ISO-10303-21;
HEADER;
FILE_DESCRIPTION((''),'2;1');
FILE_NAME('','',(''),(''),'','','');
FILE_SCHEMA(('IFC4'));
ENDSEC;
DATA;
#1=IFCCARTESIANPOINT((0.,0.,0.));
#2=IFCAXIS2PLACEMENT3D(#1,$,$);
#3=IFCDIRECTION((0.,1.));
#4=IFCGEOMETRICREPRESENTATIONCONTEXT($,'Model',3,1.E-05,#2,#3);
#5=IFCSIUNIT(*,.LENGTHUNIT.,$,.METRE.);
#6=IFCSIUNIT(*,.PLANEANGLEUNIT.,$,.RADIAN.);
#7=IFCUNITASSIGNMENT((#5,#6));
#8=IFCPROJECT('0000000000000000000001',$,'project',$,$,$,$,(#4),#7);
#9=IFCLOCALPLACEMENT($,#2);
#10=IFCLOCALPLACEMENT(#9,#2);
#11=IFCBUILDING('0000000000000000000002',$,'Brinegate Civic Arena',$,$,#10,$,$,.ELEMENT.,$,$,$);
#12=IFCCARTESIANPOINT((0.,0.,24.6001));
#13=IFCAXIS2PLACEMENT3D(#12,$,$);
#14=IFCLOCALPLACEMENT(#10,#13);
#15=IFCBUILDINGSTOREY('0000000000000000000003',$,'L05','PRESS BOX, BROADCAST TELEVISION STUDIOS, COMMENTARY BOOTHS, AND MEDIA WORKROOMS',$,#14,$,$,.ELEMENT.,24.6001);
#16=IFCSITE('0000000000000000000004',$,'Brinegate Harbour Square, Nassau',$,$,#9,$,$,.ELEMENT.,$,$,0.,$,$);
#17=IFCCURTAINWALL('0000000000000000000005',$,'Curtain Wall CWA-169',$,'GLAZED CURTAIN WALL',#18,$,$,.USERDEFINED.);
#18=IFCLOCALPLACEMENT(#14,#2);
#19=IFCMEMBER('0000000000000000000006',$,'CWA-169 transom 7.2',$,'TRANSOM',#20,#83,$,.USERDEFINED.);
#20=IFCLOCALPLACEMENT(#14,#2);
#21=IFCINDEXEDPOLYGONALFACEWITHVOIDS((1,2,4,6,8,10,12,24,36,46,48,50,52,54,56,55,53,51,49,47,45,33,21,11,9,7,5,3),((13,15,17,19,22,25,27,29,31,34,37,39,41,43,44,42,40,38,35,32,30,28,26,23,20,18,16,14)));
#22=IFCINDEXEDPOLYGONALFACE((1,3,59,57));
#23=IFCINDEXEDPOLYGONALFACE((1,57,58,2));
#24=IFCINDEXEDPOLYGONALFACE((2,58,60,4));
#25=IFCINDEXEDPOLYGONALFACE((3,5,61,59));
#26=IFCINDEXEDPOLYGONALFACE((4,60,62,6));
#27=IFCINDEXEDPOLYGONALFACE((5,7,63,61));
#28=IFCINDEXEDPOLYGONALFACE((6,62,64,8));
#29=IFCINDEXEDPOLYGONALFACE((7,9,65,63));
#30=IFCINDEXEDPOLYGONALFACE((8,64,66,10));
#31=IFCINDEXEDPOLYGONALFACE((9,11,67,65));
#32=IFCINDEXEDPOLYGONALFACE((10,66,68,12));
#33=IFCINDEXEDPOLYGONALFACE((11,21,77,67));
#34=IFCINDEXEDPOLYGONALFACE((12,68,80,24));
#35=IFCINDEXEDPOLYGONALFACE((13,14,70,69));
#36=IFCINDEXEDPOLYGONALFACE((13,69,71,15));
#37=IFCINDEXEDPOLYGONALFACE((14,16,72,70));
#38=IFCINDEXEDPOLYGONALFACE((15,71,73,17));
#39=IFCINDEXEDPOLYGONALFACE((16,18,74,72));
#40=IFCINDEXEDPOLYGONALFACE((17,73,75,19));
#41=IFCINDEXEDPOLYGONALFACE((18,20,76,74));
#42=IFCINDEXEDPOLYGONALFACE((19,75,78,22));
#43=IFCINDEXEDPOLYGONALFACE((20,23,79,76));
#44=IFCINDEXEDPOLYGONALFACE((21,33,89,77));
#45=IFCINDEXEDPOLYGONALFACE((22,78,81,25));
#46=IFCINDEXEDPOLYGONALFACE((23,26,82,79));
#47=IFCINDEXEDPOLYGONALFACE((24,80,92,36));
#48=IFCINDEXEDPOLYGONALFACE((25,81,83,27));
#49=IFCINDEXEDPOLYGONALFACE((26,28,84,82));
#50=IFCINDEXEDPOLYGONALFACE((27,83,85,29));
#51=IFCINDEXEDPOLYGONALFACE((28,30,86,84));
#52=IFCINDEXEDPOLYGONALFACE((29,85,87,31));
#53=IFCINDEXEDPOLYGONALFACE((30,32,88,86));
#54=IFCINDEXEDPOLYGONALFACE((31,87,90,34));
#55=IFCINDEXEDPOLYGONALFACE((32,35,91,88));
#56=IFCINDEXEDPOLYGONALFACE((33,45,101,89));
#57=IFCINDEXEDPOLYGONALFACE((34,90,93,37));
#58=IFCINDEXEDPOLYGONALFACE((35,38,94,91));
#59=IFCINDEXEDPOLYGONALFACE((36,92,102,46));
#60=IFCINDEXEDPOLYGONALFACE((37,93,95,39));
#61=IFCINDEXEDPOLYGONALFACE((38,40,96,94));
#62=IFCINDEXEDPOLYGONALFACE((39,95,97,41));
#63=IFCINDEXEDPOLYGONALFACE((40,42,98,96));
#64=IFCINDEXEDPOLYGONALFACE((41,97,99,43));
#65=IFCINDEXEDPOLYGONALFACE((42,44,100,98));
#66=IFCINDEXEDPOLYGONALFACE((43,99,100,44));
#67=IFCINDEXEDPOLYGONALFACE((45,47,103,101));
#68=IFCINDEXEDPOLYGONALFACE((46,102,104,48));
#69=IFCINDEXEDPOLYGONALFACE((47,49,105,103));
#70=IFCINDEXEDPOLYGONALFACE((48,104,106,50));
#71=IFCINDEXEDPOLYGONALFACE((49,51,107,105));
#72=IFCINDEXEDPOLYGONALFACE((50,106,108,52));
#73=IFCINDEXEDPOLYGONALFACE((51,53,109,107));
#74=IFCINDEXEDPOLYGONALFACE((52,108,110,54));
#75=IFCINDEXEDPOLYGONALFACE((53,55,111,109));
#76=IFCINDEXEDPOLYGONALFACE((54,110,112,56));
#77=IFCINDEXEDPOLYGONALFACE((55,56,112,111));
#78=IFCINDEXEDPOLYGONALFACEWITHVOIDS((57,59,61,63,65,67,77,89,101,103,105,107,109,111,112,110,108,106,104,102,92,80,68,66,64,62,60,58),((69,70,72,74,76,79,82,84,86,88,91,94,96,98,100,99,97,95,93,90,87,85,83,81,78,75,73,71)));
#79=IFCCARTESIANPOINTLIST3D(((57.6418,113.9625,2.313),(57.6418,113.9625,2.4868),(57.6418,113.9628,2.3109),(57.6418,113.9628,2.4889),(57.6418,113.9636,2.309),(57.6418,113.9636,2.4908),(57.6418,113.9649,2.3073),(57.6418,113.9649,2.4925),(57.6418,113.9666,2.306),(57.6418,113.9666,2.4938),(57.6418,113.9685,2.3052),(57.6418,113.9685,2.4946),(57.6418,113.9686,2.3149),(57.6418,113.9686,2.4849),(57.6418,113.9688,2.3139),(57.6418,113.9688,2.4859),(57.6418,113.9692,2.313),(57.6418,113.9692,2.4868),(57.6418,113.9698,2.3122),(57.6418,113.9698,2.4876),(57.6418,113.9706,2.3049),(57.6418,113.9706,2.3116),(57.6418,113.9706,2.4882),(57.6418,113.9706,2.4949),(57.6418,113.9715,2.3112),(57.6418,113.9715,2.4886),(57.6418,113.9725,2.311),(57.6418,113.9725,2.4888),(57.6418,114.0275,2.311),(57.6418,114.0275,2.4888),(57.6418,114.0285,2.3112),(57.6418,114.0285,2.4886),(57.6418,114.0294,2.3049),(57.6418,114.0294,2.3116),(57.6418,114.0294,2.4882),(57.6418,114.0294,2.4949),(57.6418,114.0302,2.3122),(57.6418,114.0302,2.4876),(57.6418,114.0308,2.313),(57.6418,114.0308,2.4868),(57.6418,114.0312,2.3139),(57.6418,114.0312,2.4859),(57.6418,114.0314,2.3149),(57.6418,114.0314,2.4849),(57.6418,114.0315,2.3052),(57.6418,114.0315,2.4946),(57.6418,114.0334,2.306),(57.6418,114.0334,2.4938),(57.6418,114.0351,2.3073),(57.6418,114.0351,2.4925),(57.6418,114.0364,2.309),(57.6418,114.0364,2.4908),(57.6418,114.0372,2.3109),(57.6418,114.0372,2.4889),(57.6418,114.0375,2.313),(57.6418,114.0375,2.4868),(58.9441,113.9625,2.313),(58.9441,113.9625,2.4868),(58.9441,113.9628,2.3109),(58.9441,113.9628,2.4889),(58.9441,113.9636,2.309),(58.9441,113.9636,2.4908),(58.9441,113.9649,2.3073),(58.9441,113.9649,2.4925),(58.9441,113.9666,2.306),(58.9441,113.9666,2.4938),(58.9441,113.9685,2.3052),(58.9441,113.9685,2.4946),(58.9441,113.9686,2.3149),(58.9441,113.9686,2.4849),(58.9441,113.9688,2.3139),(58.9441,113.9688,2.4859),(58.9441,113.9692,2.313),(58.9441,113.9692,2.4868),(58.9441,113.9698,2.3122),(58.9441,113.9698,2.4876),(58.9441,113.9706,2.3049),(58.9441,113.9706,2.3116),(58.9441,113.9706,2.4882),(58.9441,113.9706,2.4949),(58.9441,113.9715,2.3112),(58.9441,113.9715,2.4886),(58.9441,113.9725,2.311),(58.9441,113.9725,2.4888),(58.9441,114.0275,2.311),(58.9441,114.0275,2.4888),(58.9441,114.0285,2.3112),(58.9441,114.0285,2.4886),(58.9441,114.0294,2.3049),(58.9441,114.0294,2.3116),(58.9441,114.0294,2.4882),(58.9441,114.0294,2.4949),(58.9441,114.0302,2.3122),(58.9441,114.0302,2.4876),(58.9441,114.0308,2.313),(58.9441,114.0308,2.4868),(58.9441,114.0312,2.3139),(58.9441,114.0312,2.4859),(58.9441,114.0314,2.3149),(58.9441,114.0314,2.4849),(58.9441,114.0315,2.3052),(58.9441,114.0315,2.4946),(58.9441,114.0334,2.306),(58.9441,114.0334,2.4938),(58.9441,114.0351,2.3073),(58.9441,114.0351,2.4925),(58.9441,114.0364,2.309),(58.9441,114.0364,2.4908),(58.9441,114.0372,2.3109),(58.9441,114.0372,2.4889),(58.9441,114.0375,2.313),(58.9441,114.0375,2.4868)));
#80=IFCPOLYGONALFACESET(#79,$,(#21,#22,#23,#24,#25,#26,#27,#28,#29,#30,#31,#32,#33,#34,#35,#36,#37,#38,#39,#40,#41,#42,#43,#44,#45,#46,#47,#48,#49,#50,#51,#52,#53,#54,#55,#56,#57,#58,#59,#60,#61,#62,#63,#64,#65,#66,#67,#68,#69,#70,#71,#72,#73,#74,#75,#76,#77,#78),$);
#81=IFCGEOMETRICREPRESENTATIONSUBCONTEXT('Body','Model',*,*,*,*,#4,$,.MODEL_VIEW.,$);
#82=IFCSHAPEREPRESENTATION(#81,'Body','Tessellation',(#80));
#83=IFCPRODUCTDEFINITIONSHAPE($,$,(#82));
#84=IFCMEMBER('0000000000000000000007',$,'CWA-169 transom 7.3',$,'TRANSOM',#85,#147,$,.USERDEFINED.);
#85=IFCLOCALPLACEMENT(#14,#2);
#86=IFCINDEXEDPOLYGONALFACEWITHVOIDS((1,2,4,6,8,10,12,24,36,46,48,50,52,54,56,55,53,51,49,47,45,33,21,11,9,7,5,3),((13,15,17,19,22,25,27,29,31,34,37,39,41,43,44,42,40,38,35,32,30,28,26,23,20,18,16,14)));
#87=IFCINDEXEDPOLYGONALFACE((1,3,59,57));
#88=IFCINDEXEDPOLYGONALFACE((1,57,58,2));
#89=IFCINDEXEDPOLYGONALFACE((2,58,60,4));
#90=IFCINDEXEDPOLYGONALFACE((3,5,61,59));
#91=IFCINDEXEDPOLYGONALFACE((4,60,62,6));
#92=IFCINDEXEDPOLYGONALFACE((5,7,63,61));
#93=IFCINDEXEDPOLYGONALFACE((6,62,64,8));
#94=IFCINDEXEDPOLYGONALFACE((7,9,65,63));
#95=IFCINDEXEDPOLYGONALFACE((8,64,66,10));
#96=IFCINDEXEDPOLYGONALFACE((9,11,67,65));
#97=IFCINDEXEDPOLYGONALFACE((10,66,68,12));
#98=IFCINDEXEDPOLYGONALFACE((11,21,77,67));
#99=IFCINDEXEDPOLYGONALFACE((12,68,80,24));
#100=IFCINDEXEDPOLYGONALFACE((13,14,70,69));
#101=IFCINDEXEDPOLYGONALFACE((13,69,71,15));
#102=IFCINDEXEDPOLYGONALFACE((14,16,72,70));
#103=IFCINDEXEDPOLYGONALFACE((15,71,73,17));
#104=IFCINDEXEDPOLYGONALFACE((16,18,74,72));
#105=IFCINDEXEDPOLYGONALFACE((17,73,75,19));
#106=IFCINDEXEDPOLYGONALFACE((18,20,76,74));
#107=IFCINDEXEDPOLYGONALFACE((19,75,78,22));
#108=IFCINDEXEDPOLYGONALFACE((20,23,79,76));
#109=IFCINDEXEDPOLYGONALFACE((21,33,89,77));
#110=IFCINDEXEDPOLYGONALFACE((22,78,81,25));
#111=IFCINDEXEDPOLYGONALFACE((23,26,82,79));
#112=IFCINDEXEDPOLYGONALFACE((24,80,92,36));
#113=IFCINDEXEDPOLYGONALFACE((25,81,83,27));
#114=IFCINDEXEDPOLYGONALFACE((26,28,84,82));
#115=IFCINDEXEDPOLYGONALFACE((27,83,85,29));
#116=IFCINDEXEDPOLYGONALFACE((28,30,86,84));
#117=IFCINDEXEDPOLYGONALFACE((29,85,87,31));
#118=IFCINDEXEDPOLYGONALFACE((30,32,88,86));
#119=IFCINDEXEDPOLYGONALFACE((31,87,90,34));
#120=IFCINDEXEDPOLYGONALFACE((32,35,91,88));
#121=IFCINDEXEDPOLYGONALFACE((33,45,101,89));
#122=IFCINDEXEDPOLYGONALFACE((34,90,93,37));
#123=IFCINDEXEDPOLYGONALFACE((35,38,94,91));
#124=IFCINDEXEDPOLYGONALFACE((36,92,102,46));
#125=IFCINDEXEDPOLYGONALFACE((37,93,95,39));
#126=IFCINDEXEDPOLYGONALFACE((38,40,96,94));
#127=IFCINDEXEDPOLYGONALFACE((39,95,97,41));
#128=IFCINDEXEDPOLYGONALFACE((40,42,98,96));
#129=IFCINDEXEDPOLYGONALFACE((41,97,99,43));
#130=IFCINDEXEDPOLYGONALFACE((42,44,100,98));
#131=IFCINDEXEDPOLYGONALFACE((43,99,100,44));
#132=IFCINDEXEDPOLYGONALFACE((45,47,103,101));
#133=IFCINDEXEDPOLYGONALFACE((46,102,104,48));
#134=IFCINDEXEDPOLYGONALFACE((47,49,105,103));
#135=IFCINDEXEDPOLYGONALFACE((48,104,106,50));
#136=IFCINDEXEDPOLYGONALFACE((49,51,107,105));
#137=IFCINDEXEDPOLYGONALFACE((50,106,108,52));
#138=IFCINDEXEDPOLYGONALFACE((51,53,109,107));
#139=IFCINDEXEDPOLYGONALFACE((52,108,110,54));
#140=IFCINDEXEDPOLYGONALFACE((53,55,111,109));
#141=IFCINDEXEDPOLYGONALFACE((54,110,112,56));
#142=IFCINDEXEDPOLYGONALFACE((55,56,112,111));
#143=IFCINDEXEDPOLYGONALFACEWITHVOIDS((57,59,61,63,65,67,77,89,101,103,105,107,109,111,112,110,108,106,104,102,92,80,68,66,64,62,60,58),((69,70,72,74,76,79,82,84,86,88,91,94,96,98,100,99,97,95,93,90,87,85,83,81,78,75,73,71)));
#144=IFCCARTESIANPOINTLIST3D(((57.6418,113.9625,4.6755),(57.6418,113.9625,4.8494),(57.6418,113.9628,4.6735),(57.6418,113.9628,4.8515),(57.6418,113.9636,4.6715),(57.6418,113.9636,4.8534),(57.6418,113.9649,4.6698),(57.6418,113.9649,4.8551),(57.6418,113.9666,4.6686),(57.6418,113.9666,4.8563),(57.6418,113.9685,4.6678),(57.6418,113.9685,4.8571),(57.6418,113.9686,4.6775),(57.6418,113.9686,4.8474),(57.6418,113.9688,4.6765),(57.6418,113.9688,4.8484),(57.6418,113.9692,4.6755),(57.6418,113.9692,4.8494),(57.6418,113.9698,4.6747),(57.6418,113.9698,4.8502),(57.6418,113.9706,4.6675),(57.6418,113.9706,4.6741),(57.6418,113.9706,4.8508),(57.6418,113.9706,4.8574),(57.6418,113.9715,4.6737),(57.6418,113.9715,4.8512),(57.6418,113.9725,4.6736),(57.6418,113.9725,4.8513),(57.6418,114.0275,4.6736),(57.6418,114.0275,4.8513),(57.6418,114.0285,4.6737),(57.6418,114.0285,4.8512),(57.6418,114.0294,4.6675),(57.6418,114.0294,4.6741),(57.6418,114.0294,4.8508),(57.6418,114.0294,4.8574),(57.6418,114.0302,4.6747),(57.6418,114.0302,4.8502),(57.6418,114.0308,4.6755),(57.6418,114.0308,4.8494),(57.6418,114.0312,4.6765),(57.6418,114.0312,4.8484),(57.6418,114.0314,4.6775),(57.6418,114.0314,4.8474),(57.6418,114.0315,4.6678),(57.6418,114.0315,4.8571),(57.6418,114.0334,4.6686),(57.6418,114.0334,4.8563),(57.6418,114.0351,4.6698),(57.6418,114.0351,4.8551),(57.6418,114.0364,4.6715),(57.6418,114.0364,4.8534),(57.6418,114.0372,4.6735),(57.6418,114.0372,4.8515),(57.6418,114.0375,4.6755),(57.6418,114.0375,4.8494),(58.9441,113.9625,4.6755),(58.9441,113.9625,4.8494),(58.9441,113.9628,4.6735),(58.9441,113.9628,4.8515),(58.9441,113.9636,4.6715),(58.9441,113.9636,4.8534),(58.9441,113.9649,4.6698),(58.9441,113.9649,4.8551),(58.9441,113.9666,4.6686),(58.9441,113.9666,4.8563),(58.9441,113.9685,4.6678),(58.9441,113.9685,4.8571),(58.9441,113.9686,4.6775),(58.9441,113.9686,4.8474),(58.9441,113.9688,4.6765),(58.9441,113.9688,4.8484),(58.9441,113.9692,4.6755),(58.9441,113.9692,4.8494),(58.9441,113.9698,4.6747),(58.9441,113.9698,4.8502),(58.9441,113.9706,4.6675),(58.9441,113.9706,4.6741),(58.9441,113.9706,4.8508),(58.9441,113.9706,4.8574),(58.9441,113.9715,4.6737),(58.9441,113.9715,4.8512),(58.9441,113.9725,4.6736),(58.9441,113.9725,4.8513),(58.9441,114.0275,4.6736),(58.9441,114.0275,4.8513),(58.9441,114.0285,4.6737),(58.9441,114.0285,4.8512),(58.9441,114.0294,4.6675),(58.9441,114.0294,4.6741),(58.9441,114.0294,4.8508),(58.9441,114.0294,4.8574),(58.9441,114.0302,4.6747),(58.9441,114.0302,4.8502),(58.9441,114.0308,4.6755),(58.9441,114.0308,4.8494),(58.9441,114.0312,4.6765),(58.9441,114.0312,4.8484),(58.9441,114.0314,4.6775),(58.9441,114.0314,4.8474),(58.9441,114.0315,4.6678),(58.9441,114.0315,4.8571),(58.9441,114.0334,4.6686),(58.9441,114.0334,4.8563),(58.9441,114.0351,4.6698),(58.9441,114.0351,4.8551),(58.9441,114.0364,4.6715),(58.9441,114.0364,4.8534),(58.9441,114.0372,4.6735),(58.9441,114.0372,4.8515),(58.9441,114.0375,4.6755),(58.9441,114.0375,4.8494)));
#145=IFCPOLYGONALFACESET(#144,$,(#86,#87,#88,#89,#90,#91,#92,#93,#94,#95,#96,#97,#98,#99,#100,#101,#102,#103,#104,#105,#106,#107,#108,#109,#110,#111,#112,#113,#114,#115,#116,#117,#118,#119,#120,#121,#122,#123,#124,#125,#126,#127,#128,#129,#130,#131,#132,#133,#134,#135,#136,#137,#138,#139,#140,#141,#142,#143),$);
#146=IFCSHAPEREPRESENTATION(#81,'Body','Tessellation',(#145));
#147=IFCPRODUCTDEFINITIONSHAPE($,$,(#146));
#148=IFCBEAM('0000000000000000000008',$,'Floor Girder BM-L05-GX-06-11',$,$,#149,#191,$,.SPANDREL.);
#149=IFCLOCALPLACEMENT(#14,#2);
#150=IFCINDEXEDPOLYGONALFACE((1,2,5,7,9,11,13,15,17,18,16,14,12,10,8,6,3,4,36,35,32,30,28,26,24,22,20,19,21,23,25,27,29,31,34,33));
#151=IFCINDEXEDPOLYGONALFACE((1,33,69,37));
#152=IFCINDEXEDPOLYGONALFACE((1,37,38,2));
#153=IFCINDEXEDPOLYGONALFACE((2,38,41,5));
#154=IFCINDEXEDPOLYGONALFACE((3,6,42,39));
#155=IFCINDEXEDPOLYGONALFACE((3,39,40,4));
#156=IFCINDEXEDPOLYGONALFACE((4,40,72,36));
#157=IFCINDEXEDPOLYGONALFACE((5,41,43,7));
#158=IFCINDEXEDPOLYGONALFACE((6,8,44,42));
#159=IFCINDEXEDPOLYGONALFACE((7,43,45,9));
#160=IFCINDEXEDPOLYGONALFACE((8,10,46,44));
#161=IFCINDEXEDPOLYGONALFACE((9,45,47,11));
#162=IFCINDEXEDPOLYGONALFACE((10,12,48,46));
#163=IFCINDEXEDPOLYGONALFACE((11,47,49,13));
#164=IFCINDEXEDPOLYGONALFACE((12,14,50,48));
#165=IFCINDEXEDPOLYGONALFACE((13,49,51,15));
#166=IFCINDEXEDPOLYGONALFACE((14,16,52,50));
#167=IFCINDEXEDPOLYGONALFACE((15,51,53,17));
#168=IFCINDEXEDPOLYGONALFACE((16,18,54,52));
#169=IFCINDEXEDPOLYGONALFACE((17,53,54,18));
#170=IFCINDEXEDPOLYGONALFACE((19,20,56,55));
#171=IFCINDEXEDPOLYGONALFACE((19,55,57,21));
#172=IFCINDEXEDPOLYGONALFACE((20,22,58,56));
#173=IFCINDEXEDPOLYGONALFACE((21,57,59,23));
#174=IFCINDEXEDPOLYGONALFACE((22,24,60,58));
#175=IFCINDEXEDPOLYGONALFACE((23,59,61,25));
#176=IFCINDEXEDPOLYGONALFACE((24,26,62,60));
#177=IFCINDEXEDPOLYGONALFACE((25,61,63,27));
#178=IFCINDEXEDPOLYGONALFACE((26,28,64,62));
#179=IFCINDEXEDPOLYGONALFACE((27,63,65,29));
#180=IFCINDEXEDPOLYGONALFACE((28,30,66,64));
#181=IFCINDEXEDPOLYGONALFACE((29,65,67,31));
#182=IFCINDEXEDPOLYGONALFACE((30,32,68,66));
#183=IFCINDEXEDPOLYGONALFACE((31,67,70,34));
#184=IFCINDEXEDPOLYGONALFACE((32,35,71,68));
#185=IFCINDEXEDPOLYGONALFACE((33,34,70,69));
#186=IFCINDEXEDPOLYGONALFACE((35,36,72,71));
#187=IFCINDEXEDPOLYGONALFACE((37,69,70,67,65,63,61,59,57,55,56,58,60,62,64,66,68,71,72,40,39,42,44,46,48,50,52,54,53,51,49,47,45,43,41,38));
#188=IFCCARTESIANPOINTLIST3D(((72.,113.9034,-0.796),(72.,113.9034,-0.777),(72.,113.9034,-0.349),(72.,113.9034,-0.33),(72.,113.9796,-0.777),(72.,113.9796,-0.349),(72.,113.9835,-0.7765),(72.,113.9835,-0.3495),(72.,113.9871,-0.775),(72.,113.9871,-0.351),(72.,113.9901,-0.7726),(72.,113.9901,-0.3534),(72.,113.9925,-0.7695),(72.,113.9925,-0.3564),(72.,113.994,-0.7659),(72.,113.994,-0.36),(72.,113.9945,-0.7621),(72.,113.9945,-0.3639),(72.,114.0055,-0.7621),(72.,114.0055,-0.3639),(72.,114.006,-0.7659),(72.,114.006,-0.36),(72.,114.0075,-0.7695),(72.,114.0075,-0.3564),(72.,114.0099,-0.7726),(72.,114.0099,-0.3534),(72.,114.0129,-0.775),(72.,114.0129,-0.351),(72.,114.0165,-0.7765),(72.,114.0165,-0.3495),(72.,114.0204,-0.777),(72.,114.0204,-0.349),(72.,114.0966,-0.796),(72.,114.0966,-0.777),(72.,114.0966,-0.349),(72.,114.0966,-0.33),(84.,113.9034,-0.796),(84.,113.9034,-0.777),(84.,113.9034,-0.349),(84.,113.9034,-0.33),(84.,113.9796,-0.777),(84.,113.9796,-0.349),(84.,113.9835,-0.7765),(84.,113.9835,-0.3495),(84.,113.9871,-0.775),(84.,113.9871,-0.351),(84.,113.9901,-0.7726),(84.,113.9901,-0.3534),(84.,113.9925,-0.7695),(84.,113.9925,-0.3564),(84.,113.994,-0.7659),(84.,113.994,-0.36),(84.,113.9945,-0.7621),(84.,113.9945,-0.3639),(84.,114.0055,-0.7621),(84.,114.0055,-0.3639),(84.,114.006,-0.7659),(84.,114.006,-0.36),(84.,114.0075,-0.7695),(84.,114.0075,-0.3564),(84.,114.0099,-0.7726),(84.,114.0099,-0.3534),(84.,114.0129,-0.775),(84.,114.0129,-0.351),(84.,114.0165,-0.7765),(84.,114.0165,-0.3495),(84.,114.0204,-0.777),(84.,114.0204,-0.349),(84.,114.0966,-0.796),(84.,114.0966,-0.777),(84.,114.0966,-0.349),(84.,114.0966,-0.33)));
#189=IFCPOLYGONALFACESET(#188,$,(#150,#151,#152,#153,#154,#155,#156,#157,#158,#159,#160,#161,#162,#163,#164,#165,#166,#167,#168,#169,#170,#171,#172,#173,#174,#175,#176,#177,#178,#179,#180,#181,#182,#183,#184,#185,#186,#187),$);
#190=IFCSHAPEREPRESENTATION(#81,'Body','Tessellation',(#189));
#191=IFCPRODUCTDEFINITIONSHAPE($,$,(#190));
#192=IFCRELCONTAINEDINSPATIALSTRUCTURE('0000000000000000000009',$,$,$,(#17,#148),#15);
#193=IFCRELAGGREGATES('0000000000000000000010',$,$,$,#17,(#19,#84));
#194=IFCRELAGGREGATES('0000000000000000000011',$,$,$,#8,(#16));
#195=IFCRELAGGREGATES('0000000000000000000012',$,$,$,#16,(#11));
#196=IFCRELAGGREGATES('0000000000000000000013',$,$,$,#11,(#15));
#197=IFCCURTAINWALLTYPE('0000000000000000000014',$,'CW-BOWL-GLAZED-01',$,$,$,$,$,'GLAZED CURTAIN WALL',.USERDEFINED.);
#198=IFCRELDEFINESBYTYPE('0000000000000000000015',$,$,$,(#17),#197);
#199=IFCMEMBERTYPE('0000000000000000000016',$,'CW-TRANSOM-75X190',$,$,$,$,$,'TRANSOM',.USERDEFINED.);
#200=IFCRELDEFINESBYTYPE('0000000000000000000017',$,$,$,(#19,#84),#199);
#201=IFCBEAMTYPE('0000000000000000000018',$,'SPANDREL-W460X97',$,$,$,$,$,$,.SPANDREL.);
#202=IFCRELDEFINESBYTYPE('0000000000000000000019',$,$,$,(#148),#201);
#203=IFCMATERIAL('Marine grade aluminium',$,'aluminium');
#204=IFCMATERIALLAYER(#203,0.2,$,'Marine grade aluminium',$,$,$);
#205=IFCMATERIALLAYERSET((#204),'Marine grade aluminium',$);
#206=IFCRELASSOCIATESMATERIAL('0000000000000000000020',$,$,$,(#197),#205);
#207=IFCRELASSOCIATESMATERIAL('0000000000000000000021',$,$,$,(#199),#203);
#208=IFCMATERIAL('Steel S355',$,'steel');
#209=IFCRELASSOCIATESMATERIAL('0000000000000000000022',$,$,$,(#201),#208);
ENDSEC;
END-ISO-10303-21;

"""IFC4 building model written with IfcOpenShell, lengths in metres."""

from ifc_helpers import new_model, si_unit, direction, frame, origin, origin_2d, place, context, subcontext, project, spatial, hollow_rectangle, i_section, extrude, material, layer, layer_set, material_profile, profile_set, type_object, element, aggregate, save


model = new_model("IFC4")

# Units and contexts
model_context = context("Model", 3, precision=1e-05, world=origin(), true_north=direction((0.0, 1.0)))
body_context = subcontext(model_context, "Body", "Model", "MODEL_VIEW")
ifc_project = project(units=[si_unit("LENGTHUNIT", "METRE"), si_unit("PLANEANGLEUNIT", "RADIAN")], contexts=[model_context])

# Site, building, storey
site_placement = place(None, origin())
site = spatial("IfcSite", under=ifc_project, at=site_placement, Name="Brinegate Harbour Square, Nassau", CompositionType="ELEMENT", RefElevation=0.0)
building_placement = place(site_placement, origin())
building = spatial("IfcBuilding", under=site, at=building_placement, Name="Brinegate Civic Arena", CompositionType="ELEMENT")
storey_placement = place(building_placement, frame((0.0, 0.0, 24.6001)))
storey = spatial("IfcBuildingStorey", under=building, at=storey_placement, Name="L05", Description="PRESS BOX, BROADCAST TELEVISION STUDIOS, COMMENTARY BOOTHS, AND MEDIA WORKROOMS", CompositionType="ELEMENT", Elevation=24.6001)

# Shared definitions
ifc_material_1 = material(Name="Steel S355", Category="steel")

# Shared definitions
ifc_material_2 = material(Name="Marine grade aluminium", Category="aluminium")
ifc_layer_1 = layer(ifc_material_2, 0.2, Name="Marine grade aluminium")
ifc_layer_set_1 = layer_set([ifc_layer_1], Name="Marine grade aluminium")
curtain_wall_type = type_object("IfcCurtainWallType", Name="CW-BOWL-GLAZED-01", ElementType="GLAZED CURTAIN WALL", PredefinedType="USERDEFINED", material=ifc_layer_set_1)

# Curtain wall
curtain_wall_1_placement = place(storey_placement, origin())
curtain_wall_1 = element("IfcCurtainWall", 1, at=curtain_wall_1_placement, inside=storey, type_object=curtain_wall_type, Name="Curtain Wall CWA-169", ObjectType="GLAZED CURTAIN WALL", PredefinedType="USERDEFINED")

# Members
ifc_material_profile_1 = material_profile(ifc_material_2, hollow_rectangle(XDim=0.075, YDim=0.1899, WallThickness=0.0061, InnerFilletRadius=0.0039, OuterFilletRadius=0.0081, at=origin_2d()), Name="TRN75X190")
ifc_profile_set_1 = profile_set([ifc_material_profile_1], Name="Marine grade aluminium")
member_type_1 = type_object("IfcMemberType", Name="CW-TRANSOM-75X190", ElementType="TRANSOM", PredefinedType="USERDEFINED", material=ifc_profile_set_1)
member_1_placement = place(storey_placement, frame((57.6418, 114.0, 2.3999), z_axis=(1.0, 0.0, 0.0), x_axis=(0.0, 1.0, 0.0)))
member_1 = element("IfcMember", 2, at=member_1_placement, type_object=member_type_1, Name="CWA-169 transom 7.2", ObjectType="TRANSOM", PredefinedType="USERDEFINED", context=body_context, shape_type="SweptSolid", body=[
    extrude(hollow_rectangle(XDim=0.075, YDim=0.1899, WallThickness=0.0061, InnerFilletRadius=0.0039, OuterFilletRadius=0.0081, at=origin_2d()), origin(), (0.0, 0.0, 1.0), 1.3022),
])
member_2_placement = place(storey_placement, frame((57.6418, 114.0, 4.7625), z_axis=(1.0, 0.0, 0.0), x_axis=(0.0, 1.0, 0.0)))
member_2 = element("IfcMember", 3, at=member_2_placement, type_object=member_type_1, Name="CWA-169 transom 7.3", ObjectType="TRANSOM", PredefinedType="USERDEFINED", context=body_context, shape_type="SweptSolid", body=[
    extrude(hollow_rectangle(XDim=0.075, YDim=0.1899, WallThickness=0.0061, InnerFilletRadius=0.0039, OuterFilletRadius=0.0081, at=origin_2d()), origin(), (0.0, 0.0, 1.0), 1.3022),
])

# Beam
ifc_material_profile_2 = material_profile(ifc_material_1, i_section(OverallWidth=0.1931, OverallDepth=0.4661, WebThickness=0.011, FlangeThickness=0.019, FilletRadius=0.0149, at=origin_2d()), Name="W460X97")
ifc_profile_set_2 = profile_set([ifc_material_profile_2], Name="Steel S355")
beam_type_1 = type_object("IfcBeamType", Name="SPANDREL-W460X97", PredefinedType="SPANDREL", material=ifc_profile_set_2)
beam_1_placement = place(storey_placement, frame((72.0, 114.0, -0.563), z_axis=(1.0, 0.0, 0.0), x_axis=(0.0, 1.0, 0.0)))
element("IfcBeam", 4, at=beam_1_placement, inside=storey, type_object=beam_type_1, Name="Floor Girder BM-L05-GX-06-11", PredefinedType="SPANDREL", context=body_context, shape_type="SweptSolid", body=[
    extrude(i_section(OverallWidth=0.1931, OverallDepth=0.4661, WebThickness=0.011, FlangeThickness=0.019, FilletRadius=0.0149, at=origin_2d()), origin(), (0.0, 0.0, 1.0), 12.0),
])

aggregate(curtain_wall_1, [member_1, member_2])

save(model, "model.ifc")
